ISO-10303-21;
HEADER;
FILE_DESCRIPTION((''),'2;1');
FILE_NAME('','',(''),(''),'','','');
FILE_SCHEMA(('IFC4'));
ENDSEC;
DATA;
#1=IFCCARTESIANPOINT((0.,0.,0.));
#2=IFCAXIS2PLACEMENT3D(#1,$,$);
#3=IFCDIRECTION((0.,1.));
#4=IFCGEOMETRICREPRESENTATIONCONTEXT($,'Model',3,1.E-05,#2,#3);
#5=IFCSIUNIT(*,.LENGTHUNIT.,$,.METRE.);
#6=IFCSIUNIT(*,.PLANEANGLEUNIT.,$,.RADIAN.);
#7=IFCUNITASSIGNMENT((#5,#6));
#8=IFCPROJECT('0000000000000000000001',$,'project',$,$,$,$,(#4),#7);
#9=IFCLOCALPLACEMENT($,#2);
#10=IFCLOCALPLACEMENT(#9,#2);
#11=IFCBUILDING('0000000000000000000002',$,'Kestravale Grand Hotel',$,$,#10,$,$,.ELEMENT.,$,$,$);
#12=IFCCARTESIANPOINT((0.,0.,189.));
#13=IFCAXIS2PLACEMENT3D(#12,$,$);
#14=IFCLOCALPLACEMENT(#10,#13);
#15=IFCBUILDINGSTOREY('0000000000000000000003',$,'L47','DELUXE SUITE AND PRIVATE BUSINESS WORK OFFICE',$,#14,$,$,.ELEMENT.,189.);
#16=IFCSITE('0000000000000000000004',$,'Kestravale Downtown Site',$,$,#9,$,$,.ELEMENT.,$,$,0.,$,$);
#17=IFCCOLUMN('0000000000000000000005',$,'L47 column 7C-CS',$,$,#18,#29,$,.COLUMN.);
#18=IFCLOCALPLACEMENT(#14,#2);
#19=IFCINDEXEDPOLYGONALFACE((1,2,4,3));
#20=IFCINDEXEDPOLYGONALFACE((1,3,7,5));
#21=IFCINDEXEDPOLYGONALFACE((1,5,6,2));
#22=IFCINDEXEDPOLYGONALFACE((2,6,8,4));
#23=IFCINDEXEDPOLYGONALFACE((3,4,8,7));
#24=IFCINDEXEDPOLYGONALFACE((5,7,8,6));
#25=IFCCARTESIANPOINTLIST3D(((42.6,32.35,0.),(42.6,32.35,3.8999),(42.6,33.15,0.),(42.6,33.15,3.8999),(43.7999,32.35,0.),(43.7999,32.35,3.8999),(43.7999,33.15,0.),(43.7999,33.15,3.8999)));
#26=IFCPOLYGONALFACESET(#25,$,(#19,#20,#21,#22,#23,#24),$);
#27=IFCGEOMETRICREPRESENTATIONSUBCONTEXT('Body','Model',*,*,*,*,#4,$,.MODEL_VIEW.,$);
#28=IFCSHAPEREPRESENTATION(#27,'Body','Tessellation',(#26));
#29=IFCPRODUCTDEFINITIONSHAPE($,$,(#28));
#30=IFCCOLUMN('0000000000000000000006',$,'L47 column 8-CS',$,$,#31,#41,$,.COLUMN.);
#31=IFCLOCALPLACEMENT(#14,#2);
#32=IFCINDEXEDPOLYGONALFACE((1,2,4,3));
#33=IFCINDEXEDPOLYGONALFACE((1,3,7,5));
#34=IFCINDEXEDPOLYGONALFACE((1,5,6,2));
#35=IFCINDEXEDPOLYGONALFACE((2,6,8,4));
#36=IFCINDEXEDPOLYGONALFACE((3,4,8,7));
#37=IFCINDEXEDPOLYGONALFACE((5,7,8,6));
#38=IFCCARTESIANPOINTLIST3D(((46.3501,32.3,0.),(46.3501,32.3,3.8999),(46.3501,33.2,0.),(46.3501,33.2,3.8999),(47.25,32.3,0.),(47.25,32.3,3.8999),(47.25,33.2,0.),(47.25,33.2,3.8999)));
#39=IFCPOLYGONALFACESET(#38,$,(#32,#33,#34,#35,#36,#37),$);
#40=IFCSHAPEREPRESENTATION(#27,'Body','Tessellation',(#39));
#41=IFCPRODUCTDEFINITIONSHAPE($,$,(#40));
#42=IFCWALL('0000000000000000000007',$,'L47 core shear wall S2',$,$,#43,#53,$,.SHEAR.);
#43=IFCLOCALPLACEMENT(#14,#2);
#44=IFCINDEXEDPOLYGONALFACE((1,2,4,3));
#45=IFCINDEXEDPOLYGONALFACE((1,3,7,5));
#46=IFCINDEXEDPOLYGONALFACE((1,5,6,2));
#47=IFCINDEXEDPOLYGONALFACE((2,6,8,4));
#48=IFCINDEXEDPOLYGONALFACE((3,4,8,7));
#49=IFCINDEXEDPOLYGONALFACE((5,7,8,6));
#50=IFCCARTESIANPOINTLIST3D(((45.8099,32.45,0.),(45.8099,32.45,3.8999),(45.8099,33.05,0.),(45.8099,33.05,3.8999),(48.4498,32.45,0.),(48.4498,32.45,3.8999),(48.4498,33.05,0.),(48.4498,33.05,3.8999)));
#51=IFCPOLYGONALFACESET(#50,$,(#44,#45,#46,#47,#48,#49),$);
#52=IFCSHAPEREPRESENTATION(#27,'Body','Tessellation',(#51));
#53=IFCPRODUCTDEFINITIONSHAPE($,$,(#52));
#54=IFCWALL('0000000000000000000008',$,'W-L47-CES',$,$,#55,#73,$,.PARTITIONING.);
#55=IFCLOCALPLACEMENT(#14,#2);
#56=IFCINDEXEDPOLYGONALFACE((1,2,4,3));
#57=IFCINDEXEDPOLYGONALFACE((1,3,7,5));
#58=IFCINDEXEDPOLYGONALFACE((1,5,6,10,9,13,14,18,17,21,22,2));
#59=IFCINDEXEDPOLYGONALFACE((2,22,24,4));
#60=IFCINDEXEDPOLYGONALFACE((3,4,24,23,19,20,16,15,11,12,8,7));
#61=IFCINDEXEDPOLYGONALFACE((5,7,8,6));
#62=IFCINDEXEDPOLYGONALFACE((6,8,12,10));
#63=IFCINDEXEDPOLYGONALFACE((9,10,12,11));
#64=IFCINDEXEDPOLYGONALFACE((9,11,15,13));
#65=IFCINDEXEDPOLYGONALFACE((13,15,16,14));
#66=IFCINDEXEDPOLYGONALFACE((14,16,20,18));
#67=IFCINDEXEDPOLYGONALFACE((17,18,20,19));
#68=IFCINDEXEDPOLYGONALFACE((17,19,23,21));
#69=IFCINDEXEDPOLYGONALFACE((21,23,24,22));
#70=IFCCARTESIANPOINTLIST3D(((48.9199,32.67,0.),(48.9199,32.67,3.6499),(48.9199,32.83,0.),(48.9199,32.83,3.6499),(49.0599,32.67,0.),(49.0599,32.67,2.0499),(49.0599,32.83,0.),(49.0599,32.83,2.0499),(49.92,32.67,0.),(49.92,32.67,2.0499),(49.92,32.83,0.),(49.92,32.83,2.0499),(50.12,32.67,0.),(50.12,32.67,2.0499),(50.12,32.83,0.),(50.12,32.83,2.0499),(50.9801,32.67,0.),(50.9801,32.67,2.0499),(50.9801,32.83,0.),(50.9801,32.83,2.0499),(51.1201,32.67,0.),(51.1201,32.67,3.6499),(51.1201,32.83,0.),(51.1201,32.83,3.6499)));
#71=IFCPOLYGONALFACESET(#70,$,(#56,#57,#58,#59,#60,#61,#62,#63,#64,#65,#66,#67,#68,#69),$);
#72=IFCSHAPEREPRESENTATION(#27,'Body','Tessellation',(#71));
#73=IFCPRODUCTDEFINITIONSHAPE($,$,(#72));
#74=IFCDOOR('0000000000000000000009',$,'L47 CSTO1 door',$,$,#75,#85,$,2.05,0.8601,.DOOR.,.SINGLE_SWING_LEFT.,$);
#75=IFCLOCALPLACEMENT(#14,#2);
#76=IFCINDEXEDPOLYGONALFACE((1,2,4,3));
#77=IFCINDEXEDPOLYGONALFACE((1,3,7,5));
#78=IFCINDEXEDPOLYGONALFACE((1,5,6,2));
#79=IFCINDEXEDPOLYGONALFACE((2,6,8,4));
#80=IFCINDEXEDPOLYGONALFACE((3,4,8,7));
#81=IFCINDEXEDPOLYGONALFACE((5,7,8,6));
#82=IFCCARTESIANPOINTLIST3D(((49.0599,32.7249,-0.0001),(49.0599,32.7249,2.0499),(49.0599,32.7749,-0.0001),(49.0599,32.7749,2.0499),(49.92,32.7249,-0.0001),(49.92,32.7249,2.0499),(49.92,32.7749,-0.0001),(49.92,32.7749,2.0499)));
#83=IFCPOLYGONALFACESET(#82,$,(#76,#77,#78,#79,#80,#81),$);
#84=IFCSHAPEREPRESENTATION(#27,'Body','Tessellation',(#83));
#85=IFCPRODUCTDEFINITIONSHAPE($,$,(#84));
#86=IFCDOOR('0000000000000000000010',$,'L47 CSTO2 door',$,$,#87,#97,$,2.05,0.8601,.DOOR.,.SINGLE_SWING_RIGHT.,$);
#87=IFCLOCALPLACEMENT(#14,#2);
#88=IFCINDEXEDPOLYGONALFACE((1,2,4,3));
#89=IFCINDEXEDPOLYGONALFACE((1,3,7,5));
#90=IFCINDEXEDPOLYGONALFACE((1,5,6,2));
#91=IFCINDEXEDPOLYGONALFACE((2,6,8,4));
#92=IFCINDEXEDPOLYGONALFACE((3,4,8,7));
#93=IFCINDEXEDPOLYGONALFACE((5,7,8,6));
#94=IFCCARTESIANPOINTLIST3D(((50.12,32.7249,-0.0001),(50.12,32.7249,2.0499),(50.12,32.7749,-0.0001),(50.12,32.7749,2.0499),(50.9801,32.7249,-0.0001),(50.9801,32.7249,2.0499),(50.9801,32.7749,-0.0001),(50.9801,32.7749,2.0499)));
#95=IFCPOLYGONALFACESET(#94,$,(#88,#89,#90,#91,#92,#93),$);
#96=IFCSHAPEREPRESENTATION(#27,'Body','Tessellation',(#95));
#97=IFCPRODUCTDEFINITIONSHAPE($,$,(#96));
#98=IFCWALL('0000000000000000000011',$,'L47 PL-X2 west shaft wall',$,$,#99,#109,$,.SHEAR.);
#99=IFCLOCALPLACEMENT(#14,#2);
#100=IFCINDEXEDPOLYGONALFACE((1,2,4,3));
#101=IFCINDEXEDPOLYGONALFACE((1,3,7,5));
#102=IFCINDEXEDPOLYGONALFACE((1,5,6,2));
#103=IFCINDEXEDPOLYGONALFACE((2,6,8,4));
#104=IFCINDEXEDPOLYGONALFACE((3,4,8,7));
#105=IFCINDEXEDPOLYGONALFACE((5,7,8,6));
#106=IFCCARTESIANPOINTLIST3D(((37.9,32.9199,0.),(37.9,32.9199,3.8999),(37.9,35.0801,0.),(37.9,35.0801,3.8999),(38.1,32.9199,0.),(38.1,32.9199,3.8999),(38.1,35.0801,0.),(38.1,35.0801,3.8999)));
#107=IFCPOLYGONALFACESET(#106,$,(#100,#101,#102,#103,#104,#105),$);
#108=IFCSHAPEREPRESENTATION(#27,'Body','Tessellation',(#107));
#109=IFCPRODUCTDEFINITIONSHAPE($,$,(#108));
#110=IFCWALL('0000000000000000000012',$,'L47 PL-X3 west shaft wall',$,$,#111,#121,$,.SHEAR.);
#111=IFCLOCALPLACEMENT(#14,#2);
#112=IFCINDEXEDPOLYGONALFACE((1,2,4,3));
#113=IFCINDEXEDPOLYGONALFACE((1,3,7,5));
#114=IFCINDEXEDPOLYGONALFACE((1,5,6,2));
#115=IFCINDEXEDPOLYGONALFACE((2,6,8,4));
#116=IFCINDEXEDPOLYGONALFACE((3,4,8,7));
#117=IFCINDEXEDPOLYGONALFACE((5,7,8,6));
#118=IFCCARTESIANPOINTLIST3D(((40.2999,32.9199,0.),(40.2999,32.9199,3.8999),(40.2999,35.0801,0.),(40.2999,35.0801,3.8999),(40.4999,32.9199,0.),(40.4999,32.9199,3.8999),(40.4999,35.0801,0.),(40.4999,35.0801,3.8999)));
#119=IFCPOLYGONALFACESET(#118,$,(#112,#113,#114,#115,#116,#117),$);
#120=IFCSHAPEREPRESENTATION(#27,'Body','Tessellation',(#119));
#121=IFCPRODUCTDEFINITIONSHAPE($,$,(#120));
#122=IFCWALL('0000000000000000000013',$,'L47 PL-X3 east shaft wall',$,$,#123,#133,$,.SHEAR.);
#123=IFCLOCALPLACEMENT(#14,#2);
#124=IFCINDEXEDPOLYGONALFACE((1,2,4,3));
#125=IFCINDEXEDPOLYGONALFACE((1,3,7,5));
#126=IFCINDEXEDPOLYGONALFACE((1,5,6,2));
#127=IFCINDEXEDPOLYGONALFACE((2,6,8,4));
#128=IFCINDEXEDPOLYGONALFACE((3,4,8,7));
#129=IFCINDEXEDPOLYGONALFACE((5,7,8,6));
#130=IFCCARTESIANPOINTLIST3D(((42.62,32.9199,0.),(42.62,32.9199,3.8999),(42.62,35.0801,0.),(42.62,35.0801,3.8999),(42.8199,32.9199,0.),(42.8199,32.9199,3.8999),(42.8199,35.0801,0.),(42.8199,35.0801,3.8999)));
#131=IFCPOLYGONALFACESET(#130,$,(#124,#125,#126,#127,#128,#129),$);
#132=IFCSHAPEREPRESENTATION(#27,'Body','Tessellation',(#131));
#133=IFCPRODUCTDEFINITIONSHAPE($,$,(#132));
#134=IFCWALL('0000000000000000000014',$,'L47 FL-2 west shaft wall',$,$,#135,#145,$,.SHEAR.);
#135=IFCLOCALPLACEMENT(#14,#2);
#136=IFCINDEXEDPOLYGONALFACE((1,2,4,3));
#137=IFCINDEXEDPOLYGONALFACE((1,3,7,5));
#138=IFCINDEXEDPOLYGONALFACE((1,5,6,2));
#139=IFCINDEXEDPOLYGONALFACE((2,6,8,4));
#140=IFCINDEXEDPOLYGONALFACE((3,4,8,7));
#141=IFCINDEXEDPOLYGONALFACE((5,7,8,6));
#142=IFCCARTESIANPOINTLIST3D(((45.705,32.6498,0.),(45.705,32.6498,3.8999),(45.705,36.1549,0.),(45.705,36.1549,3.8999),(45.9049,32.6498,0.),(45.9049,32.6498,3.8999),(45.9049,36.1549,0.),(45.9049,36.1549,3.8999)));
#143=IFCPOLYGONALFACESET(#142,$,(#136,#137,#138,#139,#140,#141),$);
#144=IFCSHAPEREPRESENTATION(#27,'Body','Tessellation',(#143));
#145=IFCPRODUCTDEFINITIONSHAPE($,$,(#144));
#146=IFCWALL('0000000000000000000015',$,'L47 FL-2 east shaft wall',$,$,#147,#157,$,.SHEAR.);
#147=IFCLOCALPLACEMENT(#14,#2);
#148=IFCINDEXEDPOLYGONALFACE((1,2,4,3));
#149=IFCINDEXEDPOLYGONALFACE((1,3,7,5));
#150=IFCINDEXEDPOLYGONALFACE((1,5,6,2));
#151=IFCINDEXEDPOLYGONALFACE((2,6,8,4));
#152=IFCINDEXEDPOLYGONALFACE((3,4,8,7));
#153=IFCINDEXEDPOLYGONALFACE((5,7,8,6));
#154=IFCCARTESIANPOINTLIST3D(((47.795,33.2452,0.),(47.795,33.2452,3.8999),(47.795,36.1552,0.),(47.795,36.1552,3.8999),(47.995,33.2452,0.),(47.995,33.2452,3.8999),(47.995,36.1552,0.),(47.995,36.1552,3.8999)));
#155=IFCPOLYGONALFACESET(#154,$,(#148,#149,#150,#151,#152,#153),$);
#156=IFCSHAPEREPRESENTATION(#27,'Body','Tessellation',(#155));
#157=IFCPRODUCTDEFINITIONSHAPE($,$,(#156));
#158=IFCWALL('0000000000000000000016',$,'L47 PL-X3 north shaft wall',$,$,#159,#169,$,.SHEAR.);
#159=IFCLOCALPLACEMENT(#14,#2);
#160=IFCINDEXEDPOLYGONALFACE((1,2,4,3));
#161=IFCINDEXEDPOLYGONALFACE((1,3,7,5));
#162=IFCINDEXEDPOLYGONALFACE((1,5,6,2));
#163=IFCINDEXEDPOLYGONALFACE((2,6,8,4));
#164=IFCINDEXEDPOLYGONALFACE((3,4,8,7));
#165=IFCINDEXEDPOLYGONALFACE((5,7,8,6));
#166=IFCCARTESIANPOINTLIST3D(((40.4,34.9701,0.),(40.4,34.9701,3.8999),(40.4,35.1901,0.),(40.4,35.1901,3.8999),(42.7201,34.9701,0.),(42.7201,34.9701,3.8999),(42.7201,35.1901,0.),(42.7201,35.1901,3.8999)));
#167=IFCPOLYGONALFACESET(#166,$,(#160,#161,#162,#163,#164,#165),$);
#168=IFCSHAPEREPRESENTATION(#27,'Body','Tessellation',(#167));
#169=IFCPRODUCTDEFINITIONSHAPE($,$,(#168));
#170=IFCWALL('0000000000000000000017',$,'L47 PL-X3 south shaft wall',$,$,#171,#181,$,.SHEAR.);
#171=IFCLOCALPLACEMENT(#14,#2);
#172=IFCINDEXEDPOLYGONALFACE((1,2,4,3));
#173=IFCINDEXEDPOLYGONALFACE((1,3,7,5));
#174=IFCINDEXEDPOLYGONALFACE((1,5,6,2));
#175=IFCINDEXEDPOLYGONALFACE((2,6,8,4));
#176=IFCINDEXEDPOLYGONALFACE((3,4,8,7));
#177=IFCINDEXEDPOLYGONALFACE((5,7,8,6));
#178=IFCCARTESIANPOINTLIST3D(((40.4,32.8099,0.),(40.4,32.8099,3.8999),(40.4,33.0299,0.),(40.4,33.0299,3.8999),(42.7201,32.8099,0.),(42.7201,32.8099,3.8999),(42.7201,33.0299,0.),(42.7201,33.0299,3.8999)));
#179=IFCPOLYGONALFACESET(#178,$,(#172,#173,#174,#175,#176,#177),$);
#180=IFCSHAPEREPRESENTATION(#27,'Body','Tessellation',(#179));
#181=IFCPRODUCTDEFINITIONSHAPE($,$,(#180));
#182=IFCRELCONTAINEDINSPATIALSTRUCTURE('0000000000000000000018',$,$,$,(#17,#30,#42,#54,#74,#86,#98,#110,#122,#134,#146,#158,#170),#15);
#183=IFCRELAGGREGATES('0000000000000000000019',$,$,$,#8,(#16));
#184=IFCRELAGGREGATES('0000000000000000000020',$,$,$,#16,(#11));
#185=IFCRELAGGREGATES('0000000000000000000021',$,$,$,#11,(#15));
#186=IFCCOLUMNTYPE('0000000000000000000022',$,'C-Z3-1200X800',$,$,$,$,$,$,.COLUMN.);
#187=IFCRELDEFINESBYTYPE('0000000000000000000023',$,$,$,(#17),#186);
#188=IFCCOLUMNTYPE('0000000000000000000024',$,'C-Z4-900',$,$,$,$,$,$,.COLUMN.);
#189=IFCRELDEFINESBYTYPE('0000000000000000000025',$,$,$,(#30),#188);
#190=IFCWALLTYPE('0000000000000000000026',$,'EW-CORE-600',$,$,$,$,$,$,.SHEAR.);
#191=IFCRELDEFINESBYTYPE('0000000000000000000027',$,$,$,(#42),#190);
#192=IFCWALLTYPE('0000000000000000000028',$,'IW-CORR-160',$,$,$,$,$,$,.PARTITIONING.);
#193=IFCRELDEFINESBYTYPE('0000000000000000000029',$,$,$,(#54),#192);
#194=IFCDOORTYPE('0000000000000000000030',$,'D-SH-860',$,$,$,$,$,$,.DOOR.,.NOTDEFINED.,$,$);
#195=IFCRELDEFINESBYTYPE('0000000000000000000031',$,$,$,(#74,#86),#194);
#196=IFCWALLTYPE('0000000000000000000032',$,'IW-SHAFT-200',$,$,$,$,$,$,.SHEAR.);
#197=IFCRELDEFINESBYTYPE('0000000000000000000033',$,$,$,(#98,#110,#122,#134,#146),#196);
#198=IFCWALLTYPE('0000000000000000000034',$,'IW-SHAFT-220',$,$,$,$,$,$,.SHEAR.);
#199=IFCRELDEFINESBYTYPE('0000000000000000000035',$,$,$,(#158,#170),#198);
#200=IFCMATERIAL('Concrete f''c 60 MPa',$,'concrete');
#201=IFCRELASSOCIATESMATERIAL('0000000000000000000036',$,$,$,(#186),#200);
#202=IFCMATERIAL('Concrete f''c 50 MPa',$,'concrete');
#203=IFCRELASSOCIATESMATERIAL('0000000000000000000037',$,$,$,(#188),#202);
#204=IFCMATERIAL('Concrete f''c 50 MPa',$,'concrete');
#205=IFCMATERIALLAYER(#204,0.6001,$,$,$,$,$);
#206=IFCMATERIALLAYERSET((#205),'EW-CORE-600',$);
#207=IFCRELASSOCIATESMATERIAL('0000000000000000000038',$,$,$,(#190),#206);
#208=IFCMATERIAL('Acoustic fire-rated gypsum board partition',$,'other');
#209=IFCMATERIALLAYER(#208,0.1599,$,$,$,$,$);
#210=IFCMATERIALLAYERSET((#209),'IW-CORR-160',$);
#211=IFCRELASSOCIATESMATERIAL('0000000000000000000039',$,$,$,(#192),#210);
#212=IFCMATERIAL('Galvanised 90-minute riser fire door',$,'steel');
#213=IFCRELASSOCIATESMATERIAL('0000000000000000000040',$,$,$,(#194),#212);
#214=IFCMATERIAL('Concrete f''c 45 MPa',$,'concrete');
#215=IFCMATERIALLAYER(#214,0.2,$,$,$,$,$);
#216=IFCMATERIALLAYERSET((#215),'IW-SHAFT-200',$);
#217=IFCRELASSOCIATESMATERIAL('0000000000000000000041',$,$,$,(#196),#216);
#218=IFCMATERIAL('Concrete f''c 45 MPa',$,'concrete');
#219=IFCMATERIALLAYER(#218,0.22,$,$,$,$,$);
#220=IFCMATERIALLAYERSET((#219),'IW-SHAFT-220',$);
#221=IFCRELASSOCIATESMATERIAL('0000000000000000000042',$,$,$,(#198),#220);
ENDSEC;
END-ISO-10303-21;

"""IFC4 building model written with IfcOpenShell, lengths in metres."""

from ifc_helpers import new_model, si_unit, direction, frame, frame_2d, origin, origin_2d, place, context, subcontext, project, spatial, rectangle, extrude, material, layer, layer_set, material_profile, profile_set, type_object, element, fill, save


model = new_model("IFC4")

# Units and contexts
model_context = context("Model", 3, precision=1e-05, world=origin(), true_north=direction((0.0, 1.0)))
body_context = subcontext(model_context, "Body", "Model", "MODEL_VIEW")
ifc_project = project(units=[si_unit("LENGTHUNIT", "METRE"), si_unit("PLANEANGLEUNIT", "RADIAN")], contexts=[model_context])

# Site, building, storey
site_placement = place(None, origin())
site = spatial("IfcSite", under=ifc_project, at=site_placement, Name="Kestravale Downtown Site", CompositionType="ELEMENT", RefElevation=0.0)
building_placement = place(site_placement, origin())
building = spatial("IfcBuilding", under=site, at=building_placement, Name="Kestravale Grand Hotel", CompositionType="ELEMENT")
storey_placement = place(building_placement, frame((0.0, 0.0, 189.0)))
storey = spatial("IfcBuildingStorey", under=building, at=storey_placement, Name="L47", Description="DELUXE SUITE AND PRIVATE BUSINESS WORK OFFICE", CompositionType="ELEMENT", Elevation=189.0)

# Columns
ifc_material_1 = material(Name="Concrete f'c 60 MPa", Category="concrete")
ifc_material_profile_1 = material_profile(ifc_material_1, rectangle(XDim=1.2, YDim=0.8, at=origin_2d()))
ifc_profile_set_1 = profile_set([ifc_material_profile_1], Name="Concrete f'c 60 MPa")
column_type_1 = type_object("IfcColumnType", Name="C-Z3-1200X800", PredefinedType="COLUMN", material=ifc_profile_set_1)
column_1_placement = place(storey_placement, frame((43.2, 32.75, 0.0), z_axis=(0.0, 0.0, 1.0), x_axis=(1.0, 0.0, 0.0)))
element("IfcColumn", 1, at=column_1_placement, inside=storey, type_object=column_type_1, Name="L47 column 7C-CS", PredefinedType="COLUMN", context=body_context, shape_type="SweptSolid", body=[
    extrude(rectangle(XDim=1.2, YDim=0.8, at=origin_2d()), origin(), (0.0, 0.0, 1.0), 3.8999),
])
ifc_material_2 = material(Name="Concrete f'c 50 MPa", Category="concrete")
ifc_material_profile_2 = material_profile(ifc_material_2, rectangle(XDim=0.8999, YDim=0.8999, at=origin_2d()))
ifc_profile_set_2 = profile_set([ifc_material_profile_2], Name="Concrete f'c 50 MPa")
column_type_2 = type_object("IfcColumnType", Name="C-Z4-900", PredefinedType="COLUMN", material=ifc_profile_set_2)
column_2_placement = place(storey_placement, frame((46.8, 32.75, 0.0), z_axis=(0.0, 0.0, 1.0), x_axis=(1.0, 0.0, 0.0)))
element("IfcColumn", 2, at=column_2_placement, inside=storey, type_object=column_type_2, Name="L47 column 8-CS", PredefinedType="COLUMN", context=body_context, shape_type="SweptSolid", body=[
    extrude(rectangle(XDim=0.8999, YDim=0.8999, at=origin_2d()), origin(), (0.0, 0.0, 1.0), 3.8999),
])

# Wall
ifc_material_3 = material(Name="Concrete f'c 50 MPa", Category="concrete")
ifc_layer_1 = layer(ifc_material_3, 0.6001)
ifc_layer_set_1 = layer_set([ifc_layer_1], Name="EW-CORE-600")
wall_type_1 = type_object("IfcWallType", Name="EW-CORE-600", PredefinedType="SHEAR", material=ifc_layer_set_1)
wall_1_placement = place(storey_placement, frame((45.8101, 32.75, 0.0), z_axis=(0.0, 0.0, 1.0), x_axis=(1.0, 0.0, 0.0)))
element("IfcWall", 3, at=wall_1_placement, inside=storey, type_object=wall_type_1, Name="L47 core shear wall S2", PredefinedType="SHEAR", context=body_context, shape_type="SweptSolid", body=[
    extrude(rectangle(XDim=2.6399, YDim=0.6001, at=frame_2d((1.3198, 0.0))), origin(), (0.0, 0.0, 1.0), 3.8999),
])

# Wall, openings, doors
ifc_material_4 = material(Name="Acoustic fire-rated gypsum board partition", Category="other")
ifc_layer_2 = layer(ifc_material_4, 0.1599)
ifc_layer_set_2 = layer_set([ifc_layer_2], Name="IW-CORR-160")
wall_type_2 = type_object("IfcWallType", Name="IW-CORR-160", PredefinedType="PARTITIONING", material=ifc_layer_set_2)
wall_2_placement = place(storey_placement, frame((48.9199, 32.75, 0.0), z_axis=(0.0, 0.0, 1.0), x_axis=(1.0, 0.0, 0.0)))
wall_2 = element("IfcWall", 4, at=wall_2_placement, inside=storey, type_object=wall_type_2, Name="W-L47-CES", PredefinedType="PARTITIONING", context=body_context, shape_type="SweptSolid", body=[
    extrude(rectangle(XDim=2.2002, YDim=0.1599, at=frame_2d((1.1001, 0.0))), origin(), (0.0, 0.0, 1.0), 3.6499),
])
opening_1_placement = place(wall_2_placement, frame((0.1399, 0.0, 0.0)))
opening_1 = element("IfcOpeningElement", 5, at=opening_1_placement, cuts=wall_2, PredefinedType="OPENING", context=body_context, shape_type="SweptSolid", body=[
    extrude(rectangle(XDim=0.8601, YDim=2.05, at=frame_2d((0.4302, 1.0249))), frame((0.0, 0.0898, 0.0), z_axis=(0.0, -1.0, 0.0), x_axis=(1.0, 0.0, 0.0)), (0.0, 0.0, 1.0), 0.1799),
])
opening_2_placement = place(wall_2_placement, frame((1.2, 0.0, 0.0)))
opening_2 = element("IfcOpeningElement", 6, at=opening_2_placement, cuts=wall_2, PredefinedType="OPENING", context=body_context, shape_type="SweptSolid", body=[
    extrude(rectangle(XDim=0.8601, YDim=2.05, at=frame_2d((0.4302, 1.0249))), frame((0.0, 0.0898, 0.0), z_axis=(0.0, -1.0, 0.0), x_axis=(1.0, 0.0, 0.0)), (0.0, 0.0, 1.0), 0.1799),
])
ifc_material_5 = material(Name="Galvanised 90-minute riser fire door", Category="steel")
door_type_1 = type_object("IfcDoorType", Name="D-SH-860", OperationType="NOTDEFINED", PredefinedType="DOOR", material=ifc_material_5)
door_1_placement = place(opening_1_placement, origin())
door_1 = element("IfcDoor", 7, at=door_1_placement, inside=storey, type_object=door_type_1, Name="L47 CSTO1 door", OperationType="SINGLE_SWING_LEFT", OverallHeight=2.05, OverallWidth=0.8601, PredefinedType="DOOR", context=body_context, shape_type="SweptSolid", body=[
    extrude(rectangle(XDim=0.8601, YDim=2.05, at=frame_2d((0.4302, 1.0249))), frame((0.0, 0.0249, 0.0), z_axis=(0.0, -1.0, 0.0), x_axis=(1.0, 0.0, 0.0)), (0.0, 0.0, 1.0), 0.05),
])
fill(opening_1, door_1)
door_2_placement = place(opening_2_placement, origin())
door_2 = element("IfcDoor", 8, at=door_2_placement, inside=storey, type_object=door_type_1, Name="L47 CSTO2 door", OperationType="SINGLE_SWING_RIGHT", OverallHeight=2.05, OverallWidth=0.8601, PredefinedType="DOOR", context=body_context, shape_type="SweptSolid", body=[
    extrude(rectangle(XDim=0.8601, YDim=2.05, at=frame_2d((0.4302, 1.0249))), frame((0.0, 0.0249, 0.0), z_axis=(0.0, -1.0, 0.0), x_axis=(1.0, 0.0, 0.0)), (0.0, 0.0, 1.0), 0.05),
])
fill(opening_2, door_2)

# Walls
ifc_material_6 = material(Name="Concrete f'c 45 MPa", Category="concrete")
ifc_layer_3 = layer(ifc_material_6, 0.2)
ifc_layer_set_3 = layer_set([ifc_layer_3], Name="IW-SHAFT-200")
wall_type_3 = type_object("IfcWallType", Name="IW-SHAFT-200", PredefinedType="SHEAR", material=ifc_layer_set_3)
for number, where, z_axis, x_axis, name in (
    (9, (38.0, 32.9199, 0.0), (0.0, 0.0, 1.0), (0.0, 1.0, 0.0), "L47 PL-X2 west shaft wall"),
    (10, (40.3999, 32.9199, 0.0), (0.0, 0.0, 1.0), (0.0, 1.0, 0.0), "L47 PL-X3 west shaft wall"),
    (11, (42.72, 32.9199, 0.0), (0.0, 0.0, 1.0), (0.0, 1.0, 0.0), "L47 PL-X3 east shaft wall"),
):
    element("IfcWall", number, at=place(storey_placement, frame(where, z_axis=z_axis, x_axis=x_axis)), inside=storey, type_object=wall_type_3, Name=name, PredefinedType="SHEAR", context=body_context, shape_type="SweptSolid", body=[
        extrude(rectangle(XDim=2.1602, YDim=0.2, at=frame_2d((1.0801, 0.0))), origin(), (0.0, 0.0, 1.0), 3.8999),
    ])
wall_3_placement = place(storey_placement, frame((45.8049, 32.6499, 0.0), z_axis=(0.0, 0.0, 1.0), x_axis=(0.0, 1.0, 0.0)))
element("IfcWall", 12, at=wall_3_placement, inside=storey, type_object=wall_type_3, Name="L47 FL-2 west shaft wall", PredefinedType="SHEAR", context=body_context, shape_type="SweptSolid", body=[
    extrude(rectangle(XDim=3.5051, YDim=0.2, at=frame_2d((1.7524, 0.0))), origin(), (0.0, 0.0, 1.0), 3.8999),
])
wall_4_placement = place(storey_placement, frame((47.895, 33.2451, 0.0), z_axis=(0.0, 0.0, 1.0), x_axis=(0.0, 1.0, 0.0)))
element("IfcWall", 13, at=wall_4_placement, inside=storey, type_object=wall_type_3, Name="L47 FL-2 east shaft wall", PredefinedType="SHEAR", context=body_context, shape_type="SweptSolid", body=[
    extrude(rectangle(XDim=2.9099, YDim=0.2, at=frame_2d((1.4551, 0.0))), origin(), (0.0, 0.0, 1.0), 3.8999),
])

# Shared definitions
ifc_material_7 = material(Name="Concrete f'c 45 MPa", Category="concrete")
ifc_layer_4 = layer(ifc_material_7, 0.22)
ifc_layer_set_4 = layer_set([ifc_layer_4], Name="IW-SHAFT-220")
wall_type_4 = type_object("IfcWallType", Name="IW-SHAFT-220", PredefinedType="SHEAR", material=ifc_layer_set_4)

# Walls
for number, where, z_axis, x_axis, name in (
    (14, (40.3999, 35.0801, 0.0), (0.0, 0.0, 1.0), (1.0, 0.0, 0.0), "L47 PL-X3 north shaft wall"),
    (15, (40.3999, 32.9199, 0.0), (0.0, 0.0, 1.0), (1.0, 0.0, 0.0), "L47 PL-X3 south shaft wall"),
):
    element("IfcWall", number, at=place(storey_placement, frame(where, z_axis=z_axis, x_axis=x_axis)), inside=storey, type_object=wall_type_4, Name=name, PredefinedType="SHEAR", context=body_context, shape_type="SweptSolid", body=[
        extrude(rectangle(XDim=2.3201, YDim=0.22, at=frame_2d((1.1602, 0.0))), origin(), (0.0, 0.0, 1.0), 3.8999),
    ])

save(model, "model.ifc")
